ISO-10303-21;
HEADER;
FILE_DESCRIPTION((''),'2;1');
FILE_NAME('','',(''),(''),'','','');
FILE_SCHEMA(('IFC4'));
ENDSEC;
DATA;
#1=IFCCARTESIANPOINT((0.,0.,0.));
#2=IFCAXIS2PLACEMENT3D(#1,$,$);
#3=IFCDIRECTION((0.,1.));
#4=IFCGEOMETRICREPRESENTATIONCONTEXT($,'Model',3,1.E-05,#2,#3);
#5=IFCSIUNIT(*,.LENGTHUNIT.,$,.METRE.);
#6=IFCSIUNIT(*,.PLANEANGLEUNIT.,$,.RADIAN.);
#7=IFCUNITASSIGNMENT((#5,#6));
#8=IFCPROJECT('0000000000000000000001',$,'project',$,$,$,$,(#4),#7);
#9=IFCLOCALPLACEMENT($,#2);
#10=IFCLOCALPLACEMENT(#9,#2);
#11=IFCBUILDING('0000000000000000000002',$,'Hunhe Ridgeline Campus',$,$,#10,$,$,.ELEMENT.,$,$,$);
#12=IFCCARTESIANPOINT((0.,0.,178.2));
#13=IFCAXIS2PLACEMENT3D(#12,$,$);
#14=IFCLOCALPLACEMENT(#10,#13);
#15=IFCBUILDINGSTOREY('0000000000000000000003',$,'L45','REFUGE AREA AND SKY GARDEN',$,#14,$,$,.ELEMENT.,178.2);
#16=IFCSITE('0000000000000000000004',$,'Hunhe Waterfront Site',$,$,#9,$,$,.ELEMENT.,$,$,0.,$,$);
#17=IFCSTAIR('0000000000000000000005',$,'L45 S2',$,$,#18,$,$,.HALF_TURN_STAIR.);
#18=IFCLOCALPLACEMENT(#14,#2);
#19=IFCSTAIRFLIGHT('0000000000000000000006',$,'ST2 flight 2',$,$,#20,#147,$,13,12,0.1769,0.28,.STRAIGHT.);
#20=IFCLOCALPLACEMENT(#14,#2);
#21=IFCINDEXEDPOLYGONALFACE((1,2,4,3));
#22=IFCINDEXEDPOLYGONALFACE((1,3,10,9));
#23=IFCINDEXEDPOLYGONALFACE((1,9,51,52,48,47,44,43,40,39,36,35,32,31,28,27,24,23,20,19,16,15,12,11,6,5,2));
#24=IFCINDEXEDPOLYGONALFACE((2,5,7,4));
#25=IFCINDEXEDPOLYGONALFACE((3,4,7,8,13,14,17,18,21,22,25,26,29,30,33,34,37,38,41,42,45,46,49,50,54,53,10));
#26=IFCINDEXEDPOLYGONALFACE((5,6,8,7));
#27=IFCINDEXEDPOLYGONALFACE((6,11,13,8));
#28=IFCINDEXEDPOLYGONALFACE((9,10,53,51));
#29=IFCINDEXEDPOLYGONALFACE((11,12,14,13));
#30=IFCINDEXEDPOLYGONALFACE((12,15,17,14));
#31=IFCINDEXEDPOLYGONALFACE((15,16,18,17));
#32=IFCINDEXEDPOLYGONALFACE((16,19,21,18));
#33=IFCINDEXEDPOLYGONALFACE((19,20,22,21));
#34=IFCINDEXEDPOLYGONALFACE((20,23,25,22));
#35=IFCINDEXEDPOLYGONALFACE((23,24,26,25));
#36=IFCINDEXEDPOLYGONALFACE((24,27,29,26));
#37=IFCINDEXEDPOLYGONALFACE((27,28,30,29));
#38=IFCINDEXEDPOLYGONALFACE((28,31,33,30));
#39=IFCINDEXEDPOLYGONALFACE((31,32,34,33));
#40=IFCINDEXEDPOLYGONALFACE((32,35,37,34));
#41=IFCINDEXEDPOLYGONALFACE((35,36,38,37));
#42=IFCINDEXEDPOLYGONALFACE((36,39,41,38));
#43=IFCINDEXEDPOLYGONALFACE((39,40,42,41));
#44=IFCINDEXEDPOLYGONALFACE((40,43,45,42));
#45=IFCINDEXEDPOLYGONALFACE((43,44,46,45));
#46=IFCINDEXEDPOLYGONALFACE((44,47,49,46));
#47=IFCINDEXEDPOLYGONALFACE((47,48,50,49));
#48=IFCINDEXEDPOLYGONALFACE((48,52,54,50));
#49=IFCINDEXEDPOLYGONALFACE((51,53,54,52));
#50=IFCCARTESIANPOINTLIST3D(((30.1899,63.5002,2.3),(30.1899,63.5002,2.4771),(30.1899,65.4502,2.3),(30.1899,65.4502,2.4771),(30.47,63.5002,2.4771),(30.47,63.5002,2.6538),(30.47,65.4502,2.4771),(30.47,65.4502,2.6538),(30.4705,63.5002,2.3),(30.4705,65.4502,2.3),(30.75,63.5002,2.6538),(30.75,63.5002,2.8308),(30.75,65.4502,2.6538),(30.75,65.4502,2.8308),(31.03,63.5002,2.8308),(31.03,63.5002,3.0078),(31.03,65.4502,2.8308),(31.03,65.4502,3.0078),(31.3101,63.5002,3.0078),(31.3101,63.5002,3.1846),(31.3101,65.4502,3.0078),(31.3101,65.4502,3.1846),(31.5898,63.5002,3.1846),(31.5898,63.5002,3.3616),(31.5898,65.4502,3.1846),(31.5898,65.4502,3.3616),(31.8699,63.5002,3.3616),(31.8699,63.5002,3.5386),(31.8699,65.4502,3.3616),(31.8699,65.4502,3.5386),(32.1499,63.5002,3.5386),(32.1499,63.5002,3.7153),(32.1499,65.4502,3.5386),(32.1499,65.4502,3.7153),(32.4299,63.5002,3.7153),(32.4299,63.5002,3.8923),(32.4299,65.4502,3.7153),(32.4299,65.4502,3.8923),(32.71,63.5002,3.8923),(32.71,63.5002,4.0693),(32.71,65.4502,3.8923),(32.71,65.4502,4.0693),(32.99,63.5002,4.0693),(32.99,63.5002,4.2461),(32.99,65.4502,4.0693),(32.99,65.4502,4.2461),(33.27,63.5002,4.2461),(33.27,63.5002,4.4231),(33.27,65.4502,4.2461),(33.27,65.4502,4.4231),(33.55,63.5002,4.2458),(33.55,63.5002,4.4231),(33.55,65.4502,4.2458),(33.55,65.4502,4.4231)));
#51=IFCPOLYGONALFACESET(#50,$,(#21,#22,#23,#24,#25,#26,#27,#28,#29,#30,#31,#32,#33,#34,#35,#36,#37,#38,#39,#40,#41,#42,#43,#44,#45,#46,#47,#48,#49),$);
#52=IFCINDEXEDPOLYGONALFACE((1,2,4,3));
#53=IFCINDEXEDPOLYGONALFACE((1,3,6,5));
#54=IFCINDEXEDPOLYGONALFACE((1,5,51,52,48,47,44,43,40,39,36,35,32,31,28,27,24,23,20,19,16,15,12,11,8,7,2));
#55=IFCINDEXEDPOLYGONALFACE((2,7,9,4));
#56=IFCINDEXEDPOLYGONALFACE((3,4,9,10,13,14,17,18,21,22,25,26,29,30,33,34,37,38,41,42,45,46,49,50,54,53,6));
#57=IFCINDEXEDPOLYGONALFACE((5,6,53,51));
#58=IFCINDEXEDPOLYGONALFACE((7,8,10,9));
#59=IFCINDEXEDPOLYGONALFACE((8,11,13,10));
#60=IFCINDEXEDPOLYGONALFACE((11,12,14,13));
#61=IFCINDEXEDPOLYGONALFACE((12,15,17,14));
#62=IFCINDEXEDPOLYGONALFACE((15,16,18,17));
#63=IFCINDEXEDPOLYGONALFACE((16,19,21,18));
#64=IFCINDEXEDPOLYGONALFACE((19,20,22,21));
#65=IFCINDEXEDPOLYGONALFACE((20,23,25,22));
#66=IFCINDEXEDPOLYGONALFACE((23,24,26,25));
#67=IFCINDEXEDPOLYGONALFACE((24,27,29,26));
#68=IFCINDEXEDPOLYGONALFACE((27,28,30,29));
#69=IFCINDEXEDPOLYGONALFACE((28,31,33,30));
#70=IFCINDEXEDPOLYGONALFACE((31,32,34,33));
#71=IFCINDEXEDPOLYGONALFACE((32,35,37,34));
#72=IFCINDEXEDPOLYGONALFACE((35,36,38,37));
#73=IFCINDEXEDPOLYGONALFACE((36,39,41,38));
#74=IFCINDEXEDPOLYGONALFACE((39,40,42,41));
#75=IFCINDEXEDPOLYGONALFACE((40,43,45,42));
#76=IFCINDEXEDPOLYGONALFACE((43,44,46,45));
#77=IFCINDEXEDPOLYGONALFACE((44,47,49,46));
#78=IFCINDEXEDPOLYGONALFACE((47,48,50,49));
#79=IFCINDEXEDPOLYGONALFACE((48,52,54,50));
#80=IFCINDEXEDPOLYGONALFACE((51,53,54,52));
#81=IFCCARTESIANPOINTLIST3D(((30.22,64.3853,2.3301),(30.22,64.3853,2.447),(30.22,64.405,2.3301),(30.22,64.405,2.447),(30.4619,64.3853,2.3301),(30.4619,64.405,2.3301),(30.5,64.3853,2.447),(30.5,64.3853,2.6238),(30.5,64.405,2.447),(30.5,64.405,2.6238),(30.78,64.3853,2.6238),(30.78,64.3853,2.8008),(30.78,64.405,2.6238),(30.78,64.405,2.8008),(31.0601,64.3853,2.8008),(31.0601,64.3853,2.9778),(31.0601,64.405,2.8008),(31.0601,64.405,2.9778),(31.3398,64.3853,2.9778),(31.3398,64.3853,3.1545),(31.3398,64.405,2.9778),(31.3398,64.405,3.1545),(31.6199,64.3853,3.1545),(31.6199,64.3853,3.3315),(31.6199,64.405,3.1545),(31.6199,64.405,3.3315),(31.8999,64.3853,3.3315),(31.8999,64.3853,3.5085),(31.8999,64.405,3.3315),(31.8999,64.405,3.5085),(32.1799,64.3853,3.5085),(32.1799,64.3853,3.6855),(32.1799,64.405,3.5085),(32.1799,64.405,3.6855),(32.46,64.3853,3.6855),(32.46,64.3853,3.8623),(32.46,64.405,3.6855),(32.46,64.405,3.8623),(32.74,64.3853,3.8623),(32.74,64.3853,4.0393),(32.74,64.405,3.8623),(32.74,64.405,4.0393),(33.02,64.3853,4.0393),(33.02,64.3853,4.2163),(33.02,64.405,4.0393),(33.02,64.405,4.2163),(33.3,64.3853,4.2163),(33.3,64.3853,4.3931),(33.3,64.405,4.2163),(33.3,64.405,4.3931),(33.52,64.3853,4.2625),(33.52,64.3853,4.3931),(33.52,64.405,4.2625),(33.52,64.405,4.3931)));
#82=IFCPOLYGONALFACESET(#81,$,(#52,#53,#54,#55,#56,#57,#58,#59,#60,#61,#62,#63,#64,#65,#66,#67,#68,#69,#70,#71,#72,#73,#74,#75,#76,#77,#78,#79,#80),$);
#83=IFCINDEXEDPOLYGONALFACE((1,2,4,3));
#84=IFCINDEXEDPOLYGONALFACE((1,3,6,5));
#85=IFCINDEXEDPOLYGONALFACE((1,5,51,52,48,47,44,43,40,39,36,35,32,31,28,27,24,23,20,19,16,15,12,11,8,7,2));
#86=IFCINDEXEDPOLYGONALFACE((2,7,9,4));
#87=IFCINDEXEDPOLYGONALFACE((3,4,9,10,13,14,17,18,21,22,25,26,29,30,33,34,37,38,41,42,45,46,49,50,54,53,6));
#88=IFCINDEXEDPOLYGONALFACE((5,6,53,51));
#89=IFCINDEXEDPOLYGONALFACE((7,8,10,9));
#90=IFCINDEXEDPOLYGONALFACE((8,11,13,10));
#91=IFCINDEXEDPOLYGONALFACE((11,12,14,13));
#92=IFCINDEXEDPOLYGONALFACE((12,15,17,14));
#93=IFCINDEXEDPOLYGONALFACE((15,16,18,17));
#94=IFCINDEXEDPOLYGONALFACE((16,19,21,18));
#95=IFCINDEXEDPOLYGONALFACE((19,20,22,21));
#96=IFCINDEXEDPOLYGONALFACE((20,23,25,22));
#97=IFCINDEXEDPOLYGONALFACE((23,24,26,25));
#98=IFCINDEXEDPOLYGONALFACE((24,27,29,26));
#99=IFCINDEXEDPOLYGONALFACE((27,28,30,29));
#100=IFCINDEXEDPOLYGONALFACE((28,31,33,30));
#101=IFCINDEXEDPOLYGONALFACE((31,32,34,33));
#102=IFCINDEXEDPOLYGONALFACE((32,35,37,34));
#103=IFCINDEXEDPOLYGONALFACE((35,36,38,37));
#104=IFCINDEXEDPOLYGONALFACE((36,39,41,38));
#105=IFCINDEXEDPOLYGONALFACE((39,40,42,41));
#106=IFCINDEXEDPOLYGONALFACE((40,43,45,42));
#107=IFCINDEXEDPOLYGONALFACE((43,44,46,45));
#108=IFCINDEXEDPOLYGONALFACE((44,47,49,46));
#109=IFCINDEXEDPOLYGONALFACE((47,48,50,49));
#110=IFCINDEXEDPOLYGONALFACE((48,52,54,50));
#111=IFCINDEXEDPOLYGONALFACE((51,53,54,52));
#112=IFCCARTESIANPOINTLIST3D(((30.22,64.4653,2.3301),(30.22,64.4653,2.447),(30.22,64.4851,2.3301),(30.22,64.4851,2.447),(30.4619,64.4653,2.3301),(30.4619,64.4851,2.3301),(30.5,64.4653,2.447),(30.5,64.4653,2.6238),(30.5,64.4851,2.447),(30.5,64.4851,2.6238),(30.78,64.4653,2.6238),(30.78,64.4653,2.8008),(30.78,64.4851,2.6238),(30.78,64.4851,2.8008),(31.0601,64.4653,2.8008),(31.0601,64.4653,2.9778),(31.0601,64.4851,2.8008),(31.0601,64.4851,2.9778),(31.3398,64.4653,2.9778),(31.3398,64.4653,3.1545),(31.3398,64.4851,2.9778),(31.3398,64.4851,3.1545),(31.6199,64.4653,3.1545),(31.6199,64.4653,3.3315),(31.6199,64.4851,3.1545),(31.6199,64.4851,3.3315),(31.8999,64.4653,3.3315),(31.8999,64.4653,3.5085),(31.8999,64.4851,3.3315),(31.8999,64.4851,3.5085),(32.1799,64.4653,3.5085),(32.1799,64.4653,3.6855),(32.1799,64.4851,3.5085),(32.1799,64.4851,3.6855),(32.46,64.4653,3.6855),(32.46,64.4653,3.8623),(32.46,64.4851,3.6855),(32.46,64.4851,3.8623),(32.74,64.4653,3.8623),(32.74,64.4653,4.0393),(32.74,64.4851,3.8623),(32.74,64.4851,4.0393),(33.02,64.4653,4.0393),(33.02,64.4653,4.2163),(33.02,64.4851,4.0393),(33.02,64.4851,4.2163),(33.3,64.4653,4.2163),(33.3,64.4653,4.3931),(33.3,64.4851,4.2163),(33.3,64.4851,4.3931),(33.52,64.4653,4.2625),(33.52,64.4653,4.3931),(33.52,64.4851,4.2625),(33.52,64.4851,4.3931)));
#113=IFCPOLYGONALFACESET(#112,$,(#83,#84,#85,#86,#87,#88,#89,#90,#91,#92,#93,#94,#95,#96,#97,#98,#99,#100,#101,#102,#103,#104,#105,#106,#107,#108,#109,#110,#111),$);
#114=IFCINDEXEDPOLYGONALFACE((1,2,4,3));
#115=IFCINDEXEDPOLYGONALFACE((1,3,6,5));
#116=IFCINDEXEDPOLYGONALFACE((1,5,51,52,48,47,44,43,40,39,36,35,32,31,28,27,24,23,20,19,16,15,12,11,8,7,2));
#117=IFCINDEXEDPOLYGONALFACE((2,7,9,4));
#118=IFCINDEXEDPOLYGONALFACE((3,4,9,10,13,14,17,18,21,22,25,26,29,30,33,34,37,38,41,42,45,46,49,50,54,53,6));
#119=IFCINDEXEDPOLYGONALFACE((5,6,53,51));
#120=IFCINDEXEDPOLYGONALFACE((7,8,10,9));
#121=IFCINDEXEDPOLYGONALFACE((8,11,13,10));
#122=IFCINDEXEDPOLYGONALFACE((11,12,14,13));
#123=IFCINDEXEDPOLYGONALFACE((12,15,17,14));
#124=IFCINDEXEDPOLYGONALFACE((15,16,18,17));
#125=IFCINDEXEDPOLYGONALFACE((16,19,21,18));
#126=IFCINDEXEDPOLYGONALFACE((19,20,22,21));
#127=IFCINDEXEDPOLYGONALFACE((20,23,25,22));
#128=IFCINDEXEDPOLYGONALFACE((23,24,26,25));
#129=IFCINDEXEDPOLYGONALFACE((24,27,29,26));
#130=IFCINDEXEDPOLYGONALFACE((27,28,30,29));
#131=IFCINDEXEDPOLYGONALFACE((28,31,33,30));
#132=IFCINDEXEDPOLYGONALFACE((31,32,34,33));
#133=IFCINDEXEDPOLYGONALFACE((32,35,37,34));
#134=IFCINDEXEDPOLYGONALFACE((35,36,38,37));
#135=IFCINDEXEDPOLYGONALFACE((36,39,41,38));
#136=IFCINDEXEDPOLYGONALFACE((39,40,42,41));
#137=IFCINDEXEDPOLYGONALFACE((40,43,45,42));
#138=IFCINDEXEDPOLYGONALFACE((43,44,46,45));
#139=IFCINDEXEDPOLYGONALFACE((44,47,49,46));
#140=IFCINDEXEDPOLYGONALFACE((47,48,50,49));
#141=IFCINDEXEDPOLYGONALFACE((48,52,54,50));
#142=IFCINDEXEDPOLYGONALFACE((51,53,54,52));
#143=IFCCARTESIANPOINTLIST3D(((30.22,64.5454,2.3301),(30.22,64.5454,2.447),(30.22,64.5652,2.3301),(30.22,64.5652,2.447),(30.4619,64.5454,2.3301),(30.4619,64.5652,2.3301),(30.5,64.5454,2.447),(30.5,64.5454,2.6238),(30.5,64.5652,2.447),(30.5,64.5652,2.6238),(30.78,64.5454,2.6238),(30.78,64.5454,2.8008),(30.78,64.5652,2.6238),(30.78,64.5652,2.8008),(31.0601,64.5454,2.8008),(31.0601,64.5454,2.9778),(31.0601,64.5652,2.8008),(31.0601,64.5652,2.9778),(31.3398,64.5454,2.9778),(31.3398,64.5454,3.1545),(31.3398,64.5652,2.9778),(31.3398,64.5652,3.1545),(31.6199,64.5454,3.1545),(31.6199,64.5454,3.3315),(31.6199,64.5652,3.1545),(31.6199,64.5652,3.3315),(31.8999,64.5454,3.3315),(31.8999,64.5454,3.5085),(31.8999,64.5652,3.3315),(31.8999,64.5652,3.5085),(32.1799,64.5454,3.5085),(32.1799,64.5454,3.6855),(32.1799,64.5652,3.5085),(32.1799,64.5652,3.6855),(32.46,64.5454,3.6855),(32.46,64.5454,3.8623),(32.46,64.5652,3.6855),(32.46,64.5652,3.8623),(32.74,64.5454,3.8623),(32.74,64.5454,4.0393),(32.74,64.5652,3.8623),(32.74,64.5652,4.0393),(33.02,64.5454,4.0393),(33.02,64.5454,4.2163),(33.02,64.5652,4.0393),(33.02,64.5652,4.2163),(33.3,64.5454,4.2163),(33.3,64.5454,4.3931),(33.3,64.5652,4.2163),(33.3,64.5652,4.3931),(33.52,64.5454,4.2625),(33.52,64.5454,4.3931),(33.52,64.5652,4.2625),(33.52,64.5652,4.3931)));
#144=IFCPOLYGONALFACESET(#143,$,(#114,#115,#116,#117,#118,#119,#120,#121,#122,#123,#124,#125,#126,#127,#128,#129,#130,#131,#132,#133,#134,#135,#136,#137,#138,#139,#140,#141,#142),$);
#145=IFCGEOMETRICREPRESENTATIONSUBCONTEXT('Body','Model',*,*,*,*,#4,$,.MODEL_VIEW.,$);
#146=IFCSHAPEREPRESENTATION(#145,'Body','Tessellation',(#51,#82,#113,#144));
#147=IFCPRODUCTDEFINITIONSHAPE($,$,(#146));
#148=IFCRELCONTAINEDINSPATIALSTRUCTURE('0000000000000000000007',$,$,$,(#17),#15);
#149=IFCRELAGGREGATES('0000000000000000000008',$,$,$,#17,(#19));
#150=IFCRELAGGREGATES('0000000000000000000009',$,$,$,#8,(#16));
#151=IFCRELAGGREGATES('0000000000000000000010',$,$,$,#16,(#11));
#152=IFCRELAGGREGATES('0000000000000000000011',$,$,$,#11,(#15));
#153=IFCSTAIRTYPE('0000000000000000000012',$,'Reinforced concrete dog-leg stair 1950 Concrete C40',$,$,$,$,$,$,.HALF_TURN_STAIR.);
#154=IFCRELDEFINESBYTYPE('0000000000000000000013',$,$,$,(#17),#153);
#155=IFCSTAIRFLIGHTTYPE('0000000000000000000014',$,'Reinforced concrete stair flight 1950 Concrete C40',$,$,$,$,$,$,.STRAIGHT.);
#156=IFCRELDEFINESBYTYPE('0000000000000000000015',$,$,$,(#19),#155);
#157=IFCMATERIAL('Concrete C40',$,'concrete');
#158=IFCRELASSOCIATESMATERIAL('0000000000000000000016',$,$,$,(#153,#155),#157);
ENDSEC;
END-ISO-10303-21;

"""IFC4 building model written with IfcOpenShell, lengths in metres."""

from ifc_helpers import new_model, si_unit, direction, frame, origin, place, context, subcontext, project, spatial, polyline, outline, extrude, material, type_object, element, aggregate, save


model = new_model("IFC4")

# Units and contexts
model_context = context("Model", 3, precision=1e-05, world=origin(), true_north=direction((0.0, 1.0)))
body_context = subcontext(model_context, "Body", "Model", "MODEL_VIEW")
ifc_project = project(units=[si_unit("LENGTHUNIT", "METRE"), si_unit("PLANEANGLEUNIT", "RADIAN")], contexts=[model_context])

# Site, building, storey
site_placement = place(None, origin())
site = spatial("IfcSite", under=ifc_project, at=site_placement, Name="Hunhe Waterfront Site", CompositionType="ELEMENT", RefElevation=0.0)
building_placement = place(site_placement, origin())
building = spatial("IfcBuilding", under=site, at=building_placement, Name="Hunhe Ridgeline Campus", CompositionType="ELEMENT")
storey_placement = place(building_placement, frame((0.0, 0.0, 178.2)))
storey = spatial("IfcBuildingStorey", under=building, at=storey_placement, Name="L45", Description="REFUGE AREA AND SKY GARDEN", CompositionType="ELEMENT", Elevation=178.2)

# Stair, stair flight
ifc_material_1 = material(Name="Concrete C40", Category="concrete")
stair_type = type_object("IfcStairType", Name="Reinforced concrete dog-leg stair 1950 Concrete C40", PredefinedType="HALF_TURN_STAIR", material=ifc_material_1)
stair_placement = place(storey_placement, origin())
stair = element("IfcStair", 1, at=stair_placement, inside=storey, type_object=stair_type, Name="L45 S2", PredefinedType="HALF_TURN_STAIR")
stair_flight_type = type_object("IfcStairFlightType", Name="Reinforced concrete stair flight 1950 Concrete C40", PredefinedType="STRAIGHT", material=ifc_material_1)
stair_flight_1_placement = place(storey_placement, frame((30.1899, 64.4751, 2.3), z_axis=(0.0, 0.0, 1.0), x_axis=(1.0, 0.0, 0.0)))
stair_flight_1 = element("IfcStairFlight", 2, at=stair_flight_1_placement, type_object=stair_flight_type, Name="ST2 flight 2", NumberOfRisers=13, NumberOfTreads=12, PredefinedType="STRAIGHT", RiserHeight=0.1769, TreadLength=0.28, context=body_context, shape_type="SweptSolid", body=[
    extrude(outline(polyline([(0.0, 0.0), (0.0, 0.177), (0.28, 0.177), (0.28, 0.3538), (0.5601, 0.3538), (0.5601, 0.5308), (0.8401, 0.5308), (0.8401, 0.7078), (1.1201, 0.7078), (1.1201, 0.8845), (1.3999, 0.8845), (1.3999, 1.0615), (1.6799, 1.0615), (1.6799, 1.2385), (1.96, 1.2385), (1.96, 1.4153), (2.24, 1.4153), (2.24, 1.5923), (2.52, 1.5923), (2.52, 1.7693), (2.8, 1.7693), (2.8, 1.946), (3.0801, 1.946), (3.0801, 2.123), (3.3601, 2.123), (3.3601, 2.3), (3.3601, 1.9458), (0.2805, 0.0), (0.0, 0.0)])), frame((0.0, 0.9751, 0.0), z_axis=(0.0, -1.0, 0.0), x_axis=(1.0, 0.0, 0.0)), (0.0, 0.0, 1.0), 1.95),
    extrude(outline(polyline([(0.03, 0.03), (0.03, 0.147), (0.3101, 0.147), (0.3101, 0.3237), (0.5901, 0.3237), (0.5901, 0.5007), (0.8701, 0.5007), (0.8701, 0.6777), (1.1499, 0.6777), (1.1499, 0.8545), (1.4299, 0.8545), (1.4299, 1.0315), (1.71, 1.0315), (1.71, 1.2085), (1.99, 1.2085), (1.99, 1.3855), (2.27, 1.3855), (2.27, 1.5623), (2.55, 1.5623), (2.55, 1.7393), (2.8301, 1.7393), (2.8301, 1.9163), (3.1101, 1.9163), (3.1101, 2.093), (3.3301, 2.093), (3.3301, 1.9624), (0.272, 0.03), (0.03, 0.03)])), frame((0.0, -0.0701, 0.0), z_axis=(0.0, -1.0, 0.0), x_axis=(1.0, 0.0, 0.0)), (0.0, 0.0, 1.0), 0.0198),
    extrude(outline(polyline([(0.03, 0.03), (0.03, 0.147), (0.3101, 0.147), (0.3101, 0.3237), (0.5901, 0.3237), (0.5901, 0.5007), (0.8701, 0.5007), (0.8701, 0.6777), (1.1499, 0.6777), (1.1499, 0.8545), (1.4299, 0.8545), (1.4299, 1.0315), (1.71, 1.0315), (1.71, 1.2085), (1.99, 1.2085), (1.99, 1.3855), (2.27, 1.3855), (2.27, 1.5623), (2.55, 1.5623), (2.55, 1.7393), (2.8301, 1.7393), (2.8301, 1.9163), (3.1101, 1.9163), (3.1101, 2.093), (3.3301, 2.093), (3.3301, 1.9624), (0.272, 0.03), (0.03, 0.03)])), frame((0.0, 0.01, 0.0), z_axis=(0.0, -1.0, 0.0), x_axis=(1.0, 0.0, 0.0)), (0.0, 0.0, 1.0), 0.0198),
    extrude(outline(polyline([(0.03, 0.03), (0.03, 0.147), (0.3101, 0.147), (0.3101, 0.3237), (0.5901, 0.3237), (0.5901, 0.5007), (0.8701, 0.5007), (0.8701, 0.6777), (1.1499, 0.6777), (1.1499, 0.8545), (1.4299, 0.8545), (1.4299, 1.0315), (1.71, 1.0315), (1.71, 1.2085), (1.99, 1.2085), (1.99, 1.3855), (2.27, 1.3855), (2.27, 1.5623), (2.55, 1.5623), (2.55, 1.7393), (2.8301, 1.7393), (2.8301, 1.9163), (3.1101, 1.9163), (3.1101, 2.093), (3.3301, 2.093), (3.3301, 1.9624), (0.272, 0.03), (0.03, 0.03)])), frame((0.0, 0.0901, 0.0), z_axis=(0.0, -1.0, 0.0), x_axis=(1.0, 0.0, 0.0)), (0.0, 0.0, 1.0), 0.0198),
])
aggregate(stair, [stair_flight_1])

save(model, "model.ifc")
